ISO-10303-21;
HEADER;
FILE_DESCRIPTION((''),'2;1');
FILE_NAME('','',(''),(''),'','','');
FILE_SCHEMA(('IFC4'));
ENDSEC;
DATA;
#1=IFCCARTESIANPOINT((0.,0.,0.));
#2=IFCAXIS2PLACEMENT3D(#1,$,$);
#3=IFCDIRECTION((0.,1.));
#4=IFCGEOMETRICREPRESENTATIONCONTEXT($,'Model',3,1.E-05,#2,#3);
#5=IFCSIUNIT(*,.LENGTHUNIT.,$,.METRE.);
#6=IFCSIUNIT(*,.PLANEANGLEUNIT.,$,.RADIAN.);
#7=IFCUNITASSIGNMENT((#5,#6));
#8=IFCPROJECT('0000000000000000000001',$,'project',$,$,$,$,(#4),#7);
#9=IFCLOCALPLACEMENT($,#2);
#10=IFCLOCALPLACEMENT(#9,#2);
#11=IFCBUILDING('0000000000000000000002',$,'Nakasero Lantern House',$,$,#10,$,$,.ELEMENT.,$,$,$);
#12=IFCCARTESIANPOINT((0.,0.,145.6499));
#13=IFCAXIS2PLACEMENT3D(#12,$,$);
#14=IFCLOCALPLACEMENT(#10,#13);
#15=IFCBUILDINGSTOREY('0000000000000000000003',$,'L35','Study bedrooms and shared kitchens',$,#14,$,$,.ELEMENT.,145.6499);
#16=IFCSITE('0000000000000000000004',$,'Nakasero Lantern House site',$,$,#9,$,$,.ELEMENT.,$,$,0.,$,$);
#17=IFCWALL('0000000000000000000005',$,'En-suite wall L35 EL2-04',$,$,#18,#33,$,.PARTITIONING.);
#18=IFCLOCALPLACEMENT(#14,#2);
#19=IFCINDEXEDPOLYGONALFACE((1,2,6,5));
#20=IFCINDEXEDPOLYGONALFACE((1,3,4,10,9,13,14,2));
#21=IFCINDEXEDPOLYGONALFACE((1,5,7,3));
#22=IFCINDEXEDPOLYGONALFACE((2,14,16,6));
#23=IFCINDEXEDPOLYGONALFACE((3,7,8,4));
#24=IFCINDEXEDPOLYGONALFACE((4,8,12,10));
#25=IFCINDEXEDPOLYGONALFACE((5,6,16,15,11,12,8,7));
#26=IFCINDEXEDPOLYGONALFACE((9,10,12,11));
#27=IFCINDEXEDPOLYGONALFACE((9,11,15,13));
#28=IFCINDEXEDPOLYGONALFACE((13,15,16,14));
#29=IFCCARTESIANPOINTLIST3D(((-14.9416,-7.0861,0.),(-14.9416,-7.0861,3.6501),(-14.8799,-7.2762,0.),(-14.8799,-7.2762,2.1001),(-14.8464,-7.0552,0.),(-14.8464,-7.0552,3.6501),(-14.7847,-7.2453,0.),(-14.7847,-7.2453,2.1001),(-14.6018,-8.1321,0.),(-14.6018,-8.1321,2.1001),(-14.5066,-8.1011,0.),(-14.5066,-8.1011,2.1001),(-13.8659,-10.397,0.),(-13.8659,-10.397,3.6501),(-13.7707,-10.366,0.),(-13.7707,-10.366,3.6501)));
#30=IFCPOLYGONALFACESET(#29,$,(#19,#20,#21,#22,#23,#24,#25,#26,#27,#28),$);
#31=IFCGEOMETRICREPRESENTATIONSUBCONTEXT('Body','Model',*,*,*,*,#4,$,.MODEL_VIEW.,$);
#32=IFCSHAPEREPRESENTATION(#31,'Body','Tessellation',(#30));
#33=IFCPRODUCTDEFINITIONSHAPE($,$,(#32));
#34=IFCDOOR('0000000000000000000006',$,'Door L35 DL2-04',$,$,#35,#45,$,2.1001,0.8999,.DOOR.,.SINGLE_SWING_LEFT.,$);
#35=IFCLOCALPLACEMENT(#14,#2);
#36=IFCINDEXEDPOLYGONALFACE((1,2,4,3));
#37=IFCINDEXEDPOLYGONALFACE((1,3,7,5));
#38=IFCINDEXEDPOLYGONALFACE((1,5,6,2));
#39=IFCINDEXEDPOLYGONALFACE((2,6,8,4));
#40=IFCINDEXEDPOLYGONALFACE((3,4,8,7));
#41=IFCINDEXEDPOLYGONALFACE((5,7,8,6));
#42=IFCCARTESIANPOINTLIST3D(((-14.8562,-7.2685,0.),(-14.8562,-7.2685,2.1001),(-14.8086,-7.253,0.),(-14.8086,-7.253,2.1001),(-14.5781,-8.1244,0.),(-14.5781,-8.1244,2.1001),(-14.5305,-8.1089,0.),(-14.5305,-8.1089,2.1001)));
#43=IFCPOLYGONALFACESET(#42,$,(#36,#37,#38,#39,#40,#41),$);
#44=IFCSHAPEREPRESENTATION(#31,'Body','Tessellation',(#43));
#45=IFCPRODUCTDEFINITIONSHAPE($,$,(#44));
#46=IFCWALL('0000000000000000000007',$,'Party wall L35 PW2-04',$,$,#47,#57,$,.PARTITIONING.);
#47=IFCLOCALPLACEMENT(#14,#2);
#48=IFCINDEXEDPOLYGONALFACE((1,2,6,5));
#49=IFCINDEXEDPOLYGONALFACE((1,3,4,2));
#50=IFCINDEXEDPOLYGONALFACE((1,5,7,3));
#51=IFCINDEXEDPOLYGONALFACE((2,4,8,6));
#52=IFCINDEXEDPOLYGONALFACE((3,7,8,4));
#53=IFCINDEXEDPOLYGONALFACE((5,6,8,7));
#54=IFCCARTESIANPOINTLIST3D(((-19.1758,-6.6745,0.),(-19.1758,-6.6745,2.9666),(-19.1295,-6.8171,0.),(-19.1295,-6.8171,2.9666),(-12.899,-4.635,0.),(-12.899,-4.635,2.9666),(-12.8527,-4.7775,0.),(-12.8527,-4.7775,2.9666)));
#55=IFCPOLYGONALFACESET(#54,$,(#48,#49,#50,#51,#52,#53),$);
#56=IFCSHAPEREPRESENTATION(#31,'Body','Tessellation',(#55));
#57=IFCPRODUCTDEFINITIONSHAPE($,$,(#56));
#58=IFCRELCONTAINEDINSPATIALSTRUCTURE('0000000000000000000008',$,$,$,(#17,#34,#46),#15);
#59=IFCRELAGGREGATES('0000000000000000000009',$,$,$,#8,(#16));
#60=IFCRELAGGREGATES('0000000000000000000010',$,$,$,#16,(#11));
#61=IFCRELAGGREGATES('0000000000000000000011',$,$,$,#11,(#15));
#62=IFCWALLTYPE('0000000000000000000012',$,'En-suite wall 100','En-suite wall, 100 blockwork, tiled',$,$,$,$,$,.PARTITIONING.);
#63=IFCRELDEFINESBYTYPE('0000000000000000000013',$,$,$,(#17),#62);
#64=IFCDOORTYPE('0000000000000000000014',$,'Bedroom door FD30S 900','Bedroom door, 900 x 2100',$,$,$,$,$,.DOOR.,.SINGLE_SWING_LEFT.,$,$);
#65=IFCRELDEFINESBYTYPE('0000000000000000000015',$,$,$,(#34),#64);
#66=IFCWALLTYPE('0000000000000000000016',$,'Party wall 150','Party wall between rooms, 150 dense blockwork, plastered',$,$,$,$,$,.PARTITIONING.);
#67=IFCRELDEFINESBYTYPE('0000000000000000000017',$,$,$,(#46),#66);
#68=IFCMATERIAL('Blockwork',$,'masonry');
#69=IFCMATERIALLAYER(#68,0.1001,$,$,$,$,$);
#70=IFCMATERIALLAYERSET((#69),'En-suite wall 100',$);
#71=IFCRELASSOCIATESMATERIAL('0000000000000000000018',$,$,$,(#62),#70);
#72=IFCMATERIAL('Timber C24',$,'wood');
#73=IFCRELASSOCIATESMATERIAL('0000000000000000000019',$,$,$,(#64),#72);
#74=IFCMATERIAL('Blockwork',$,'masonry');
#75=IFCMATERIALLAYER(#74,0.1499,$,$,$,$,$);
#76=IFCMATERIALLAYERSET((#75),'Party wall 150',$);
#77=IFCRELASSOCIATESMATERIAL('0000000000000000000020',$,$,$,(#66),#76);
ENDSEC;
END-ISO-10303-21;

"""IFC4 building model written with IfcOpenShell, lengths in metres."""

from ifc_helpers import new_model, si_unit, direction, frame, frame_2d, origin, place, context, subcontext, project, spatial, rectangle, extrude, material, layer, layer_set, type_object, element, fill, save


model = new_model("IFC4")

# Units and contexts
model_context = context("Model", 3, precision=1e-05, world=origin(), true_north=direction((0.0, 1.0)))
body_context = subcontext(model_context, "Body", "Model", "MODEL_VIEW")
ifc_project = project(units=[si_unit("LENGTHUNIT", "METRE"), si_unit("PLANEANGLEUNIT", "RADIAN")], contexts=[model_context])

# Site, building, storey
site_placement = place(None, origin())
site = spatial("IfcSite", under=ifc_project, at=site_placement, Name="Nakasero Lantern House site", CompositionType="ELEMENT", RefElevation=0.0)
building_placement = place(site_placement, origin())
building = spatial("IfcBuilding", under=site, at=building_placement, Name="Nakasero Lantern House", CompositionType="ELEMENT")
storey_placement = place(building_placement, frame((0.0, 0.0, 145.6499)))
storey = spatial("IfcBuildingStorey", under=building, at=storey_placement, Name="L35", Description="Study bedrooms and shared kitchens", CompositionType="ELEMENT", Elevation=145.6499)

# Shared definitions
ifc_material_1 = material(Name="Blockwork", Category="masonry")
ifc_layer_1 = layer(ifc_material_1, 0.1001)
ifc_layer_set_1 = layer_set([ifc_layer_1], Name="En-suite wall 100")
wall_type_1 = type_object("IfcWallType", Name="En-suite wall 100", Description="En-suite wall, 100 blockwork, tiled", PredefinedType="PARTITIONING", material=ifc_layer_set_1)

# Wall, opening, door
wall_1_placement = place(storey_placement, frame((-14.894, -7.0706, 0.0), z_axis=(0.0, 0.0, 1.0), x_axis=(0.309002, -0.951061, 0.0)))
wall_1 = element("IfcWall", 1, at=wall_1_placement, inside=storey, type_object=wall_type_1, Name="En-suite wall L35 EL2-04", PredefinedType="PARTITIONING", context=body_context, shape_type="SweptSolid", body=[
    extrude(rectangle(XDim=3.4812, YDim=0.1001, at=frame_2d((1.7407, 0.0))), origin(), (0.0, 0.0, 1.0), 3.6501),
])
opening_placement = place(wall_1_placement, frame((0.2, 0.0, 0.0)))
opening = element("IfcOpeningElement", 2, at=opening_placement, cuts=wall_1, PredefinedType="OPENING", context=body_context, shape_type="SweptSolid", body=[
    extrude(rectangle(XDim=0.8999, YDim=2.1001, at=frame_2d((0.45, 1.05))), frame((0.0, 0.0701, 0.0), z_axis=(0.0, -1.0, 0.0), x_axis=(1.0, 0.0, 0.0)), (0.0, 0.0, 1.0), 0.1401),
])
ifc_material_2 = material(Name="Timber C24", Category="wood")
door_type = type_object("IfcDoorType", Name="Bedroom door FD30S 900", Description="Bedroom door, 900 x 2100", OperationType="SINGLE_SWING_LEFT", PredefinedType="DOOR", material=ifc_material_2)
door_placement = place(opening_placement, origin())
door = element("IfcDoor", 3, at=door_placement, inside=storey, type_object=door_type, Name="Door L35 DL2-04", OperationType="SINGLE_SWING_LEFT", OverallHeight=2.1001, OverallWidth=0.8999, PredefinedType="DOOR", context=body_context, shape_type="SweptSolid", body=[
    extrude(rectangle(XDim=0.8999, YDim=2.1001, at=frame_2d((0.45, 1.05))), frame((0.0, 0.0249, 0.0), z_axis=(0.0, -1.0, 0.0), x_axis=(1.0, 0.0, 0.0)), (0.0, 0.0, 1.0), 0.05),
])
fill(opening, door)

# Wall
ifc_material_3 = material(Name="Blockwork", Category="masonry")
ifc_layer_2 = layer(ifc_material_3, 0.1499)
ifc_layer_set_2 = layer_set([ifc_layer_2], Name="Party wall 150")
wall_type_2 = type_object("IfcWallType", Name="Party wall 150", Description="Party wall between rooms, 150 dense blockwork, plastered", PredefinedType="PARTITIONING", material=ifc_layer_set_2)
wall_2_placement = place(storey_placement, frame((-12.876, -4.7063, 0.0), z_axis=(0.0, 0.0, 1.0), x_axis=(-0.951053, -0.309028, 0.0)))
element("IfcWall", 4, at=wall_2_placement, inside=storey, type_object=wall_type_2, Name="Party wall L35 PW2-04", PredefinedType="PARTITIONING", context=body_context, shape_type="SweptSolid", body=[
    extrude(rectangle(XDim=6.5999, YDim=0.1499, at=frame_2d((3.2998, 0.0))), origin(), (0.0, 0.0, 1.0), 2.9666),
])

save(model, "model.ifc")
